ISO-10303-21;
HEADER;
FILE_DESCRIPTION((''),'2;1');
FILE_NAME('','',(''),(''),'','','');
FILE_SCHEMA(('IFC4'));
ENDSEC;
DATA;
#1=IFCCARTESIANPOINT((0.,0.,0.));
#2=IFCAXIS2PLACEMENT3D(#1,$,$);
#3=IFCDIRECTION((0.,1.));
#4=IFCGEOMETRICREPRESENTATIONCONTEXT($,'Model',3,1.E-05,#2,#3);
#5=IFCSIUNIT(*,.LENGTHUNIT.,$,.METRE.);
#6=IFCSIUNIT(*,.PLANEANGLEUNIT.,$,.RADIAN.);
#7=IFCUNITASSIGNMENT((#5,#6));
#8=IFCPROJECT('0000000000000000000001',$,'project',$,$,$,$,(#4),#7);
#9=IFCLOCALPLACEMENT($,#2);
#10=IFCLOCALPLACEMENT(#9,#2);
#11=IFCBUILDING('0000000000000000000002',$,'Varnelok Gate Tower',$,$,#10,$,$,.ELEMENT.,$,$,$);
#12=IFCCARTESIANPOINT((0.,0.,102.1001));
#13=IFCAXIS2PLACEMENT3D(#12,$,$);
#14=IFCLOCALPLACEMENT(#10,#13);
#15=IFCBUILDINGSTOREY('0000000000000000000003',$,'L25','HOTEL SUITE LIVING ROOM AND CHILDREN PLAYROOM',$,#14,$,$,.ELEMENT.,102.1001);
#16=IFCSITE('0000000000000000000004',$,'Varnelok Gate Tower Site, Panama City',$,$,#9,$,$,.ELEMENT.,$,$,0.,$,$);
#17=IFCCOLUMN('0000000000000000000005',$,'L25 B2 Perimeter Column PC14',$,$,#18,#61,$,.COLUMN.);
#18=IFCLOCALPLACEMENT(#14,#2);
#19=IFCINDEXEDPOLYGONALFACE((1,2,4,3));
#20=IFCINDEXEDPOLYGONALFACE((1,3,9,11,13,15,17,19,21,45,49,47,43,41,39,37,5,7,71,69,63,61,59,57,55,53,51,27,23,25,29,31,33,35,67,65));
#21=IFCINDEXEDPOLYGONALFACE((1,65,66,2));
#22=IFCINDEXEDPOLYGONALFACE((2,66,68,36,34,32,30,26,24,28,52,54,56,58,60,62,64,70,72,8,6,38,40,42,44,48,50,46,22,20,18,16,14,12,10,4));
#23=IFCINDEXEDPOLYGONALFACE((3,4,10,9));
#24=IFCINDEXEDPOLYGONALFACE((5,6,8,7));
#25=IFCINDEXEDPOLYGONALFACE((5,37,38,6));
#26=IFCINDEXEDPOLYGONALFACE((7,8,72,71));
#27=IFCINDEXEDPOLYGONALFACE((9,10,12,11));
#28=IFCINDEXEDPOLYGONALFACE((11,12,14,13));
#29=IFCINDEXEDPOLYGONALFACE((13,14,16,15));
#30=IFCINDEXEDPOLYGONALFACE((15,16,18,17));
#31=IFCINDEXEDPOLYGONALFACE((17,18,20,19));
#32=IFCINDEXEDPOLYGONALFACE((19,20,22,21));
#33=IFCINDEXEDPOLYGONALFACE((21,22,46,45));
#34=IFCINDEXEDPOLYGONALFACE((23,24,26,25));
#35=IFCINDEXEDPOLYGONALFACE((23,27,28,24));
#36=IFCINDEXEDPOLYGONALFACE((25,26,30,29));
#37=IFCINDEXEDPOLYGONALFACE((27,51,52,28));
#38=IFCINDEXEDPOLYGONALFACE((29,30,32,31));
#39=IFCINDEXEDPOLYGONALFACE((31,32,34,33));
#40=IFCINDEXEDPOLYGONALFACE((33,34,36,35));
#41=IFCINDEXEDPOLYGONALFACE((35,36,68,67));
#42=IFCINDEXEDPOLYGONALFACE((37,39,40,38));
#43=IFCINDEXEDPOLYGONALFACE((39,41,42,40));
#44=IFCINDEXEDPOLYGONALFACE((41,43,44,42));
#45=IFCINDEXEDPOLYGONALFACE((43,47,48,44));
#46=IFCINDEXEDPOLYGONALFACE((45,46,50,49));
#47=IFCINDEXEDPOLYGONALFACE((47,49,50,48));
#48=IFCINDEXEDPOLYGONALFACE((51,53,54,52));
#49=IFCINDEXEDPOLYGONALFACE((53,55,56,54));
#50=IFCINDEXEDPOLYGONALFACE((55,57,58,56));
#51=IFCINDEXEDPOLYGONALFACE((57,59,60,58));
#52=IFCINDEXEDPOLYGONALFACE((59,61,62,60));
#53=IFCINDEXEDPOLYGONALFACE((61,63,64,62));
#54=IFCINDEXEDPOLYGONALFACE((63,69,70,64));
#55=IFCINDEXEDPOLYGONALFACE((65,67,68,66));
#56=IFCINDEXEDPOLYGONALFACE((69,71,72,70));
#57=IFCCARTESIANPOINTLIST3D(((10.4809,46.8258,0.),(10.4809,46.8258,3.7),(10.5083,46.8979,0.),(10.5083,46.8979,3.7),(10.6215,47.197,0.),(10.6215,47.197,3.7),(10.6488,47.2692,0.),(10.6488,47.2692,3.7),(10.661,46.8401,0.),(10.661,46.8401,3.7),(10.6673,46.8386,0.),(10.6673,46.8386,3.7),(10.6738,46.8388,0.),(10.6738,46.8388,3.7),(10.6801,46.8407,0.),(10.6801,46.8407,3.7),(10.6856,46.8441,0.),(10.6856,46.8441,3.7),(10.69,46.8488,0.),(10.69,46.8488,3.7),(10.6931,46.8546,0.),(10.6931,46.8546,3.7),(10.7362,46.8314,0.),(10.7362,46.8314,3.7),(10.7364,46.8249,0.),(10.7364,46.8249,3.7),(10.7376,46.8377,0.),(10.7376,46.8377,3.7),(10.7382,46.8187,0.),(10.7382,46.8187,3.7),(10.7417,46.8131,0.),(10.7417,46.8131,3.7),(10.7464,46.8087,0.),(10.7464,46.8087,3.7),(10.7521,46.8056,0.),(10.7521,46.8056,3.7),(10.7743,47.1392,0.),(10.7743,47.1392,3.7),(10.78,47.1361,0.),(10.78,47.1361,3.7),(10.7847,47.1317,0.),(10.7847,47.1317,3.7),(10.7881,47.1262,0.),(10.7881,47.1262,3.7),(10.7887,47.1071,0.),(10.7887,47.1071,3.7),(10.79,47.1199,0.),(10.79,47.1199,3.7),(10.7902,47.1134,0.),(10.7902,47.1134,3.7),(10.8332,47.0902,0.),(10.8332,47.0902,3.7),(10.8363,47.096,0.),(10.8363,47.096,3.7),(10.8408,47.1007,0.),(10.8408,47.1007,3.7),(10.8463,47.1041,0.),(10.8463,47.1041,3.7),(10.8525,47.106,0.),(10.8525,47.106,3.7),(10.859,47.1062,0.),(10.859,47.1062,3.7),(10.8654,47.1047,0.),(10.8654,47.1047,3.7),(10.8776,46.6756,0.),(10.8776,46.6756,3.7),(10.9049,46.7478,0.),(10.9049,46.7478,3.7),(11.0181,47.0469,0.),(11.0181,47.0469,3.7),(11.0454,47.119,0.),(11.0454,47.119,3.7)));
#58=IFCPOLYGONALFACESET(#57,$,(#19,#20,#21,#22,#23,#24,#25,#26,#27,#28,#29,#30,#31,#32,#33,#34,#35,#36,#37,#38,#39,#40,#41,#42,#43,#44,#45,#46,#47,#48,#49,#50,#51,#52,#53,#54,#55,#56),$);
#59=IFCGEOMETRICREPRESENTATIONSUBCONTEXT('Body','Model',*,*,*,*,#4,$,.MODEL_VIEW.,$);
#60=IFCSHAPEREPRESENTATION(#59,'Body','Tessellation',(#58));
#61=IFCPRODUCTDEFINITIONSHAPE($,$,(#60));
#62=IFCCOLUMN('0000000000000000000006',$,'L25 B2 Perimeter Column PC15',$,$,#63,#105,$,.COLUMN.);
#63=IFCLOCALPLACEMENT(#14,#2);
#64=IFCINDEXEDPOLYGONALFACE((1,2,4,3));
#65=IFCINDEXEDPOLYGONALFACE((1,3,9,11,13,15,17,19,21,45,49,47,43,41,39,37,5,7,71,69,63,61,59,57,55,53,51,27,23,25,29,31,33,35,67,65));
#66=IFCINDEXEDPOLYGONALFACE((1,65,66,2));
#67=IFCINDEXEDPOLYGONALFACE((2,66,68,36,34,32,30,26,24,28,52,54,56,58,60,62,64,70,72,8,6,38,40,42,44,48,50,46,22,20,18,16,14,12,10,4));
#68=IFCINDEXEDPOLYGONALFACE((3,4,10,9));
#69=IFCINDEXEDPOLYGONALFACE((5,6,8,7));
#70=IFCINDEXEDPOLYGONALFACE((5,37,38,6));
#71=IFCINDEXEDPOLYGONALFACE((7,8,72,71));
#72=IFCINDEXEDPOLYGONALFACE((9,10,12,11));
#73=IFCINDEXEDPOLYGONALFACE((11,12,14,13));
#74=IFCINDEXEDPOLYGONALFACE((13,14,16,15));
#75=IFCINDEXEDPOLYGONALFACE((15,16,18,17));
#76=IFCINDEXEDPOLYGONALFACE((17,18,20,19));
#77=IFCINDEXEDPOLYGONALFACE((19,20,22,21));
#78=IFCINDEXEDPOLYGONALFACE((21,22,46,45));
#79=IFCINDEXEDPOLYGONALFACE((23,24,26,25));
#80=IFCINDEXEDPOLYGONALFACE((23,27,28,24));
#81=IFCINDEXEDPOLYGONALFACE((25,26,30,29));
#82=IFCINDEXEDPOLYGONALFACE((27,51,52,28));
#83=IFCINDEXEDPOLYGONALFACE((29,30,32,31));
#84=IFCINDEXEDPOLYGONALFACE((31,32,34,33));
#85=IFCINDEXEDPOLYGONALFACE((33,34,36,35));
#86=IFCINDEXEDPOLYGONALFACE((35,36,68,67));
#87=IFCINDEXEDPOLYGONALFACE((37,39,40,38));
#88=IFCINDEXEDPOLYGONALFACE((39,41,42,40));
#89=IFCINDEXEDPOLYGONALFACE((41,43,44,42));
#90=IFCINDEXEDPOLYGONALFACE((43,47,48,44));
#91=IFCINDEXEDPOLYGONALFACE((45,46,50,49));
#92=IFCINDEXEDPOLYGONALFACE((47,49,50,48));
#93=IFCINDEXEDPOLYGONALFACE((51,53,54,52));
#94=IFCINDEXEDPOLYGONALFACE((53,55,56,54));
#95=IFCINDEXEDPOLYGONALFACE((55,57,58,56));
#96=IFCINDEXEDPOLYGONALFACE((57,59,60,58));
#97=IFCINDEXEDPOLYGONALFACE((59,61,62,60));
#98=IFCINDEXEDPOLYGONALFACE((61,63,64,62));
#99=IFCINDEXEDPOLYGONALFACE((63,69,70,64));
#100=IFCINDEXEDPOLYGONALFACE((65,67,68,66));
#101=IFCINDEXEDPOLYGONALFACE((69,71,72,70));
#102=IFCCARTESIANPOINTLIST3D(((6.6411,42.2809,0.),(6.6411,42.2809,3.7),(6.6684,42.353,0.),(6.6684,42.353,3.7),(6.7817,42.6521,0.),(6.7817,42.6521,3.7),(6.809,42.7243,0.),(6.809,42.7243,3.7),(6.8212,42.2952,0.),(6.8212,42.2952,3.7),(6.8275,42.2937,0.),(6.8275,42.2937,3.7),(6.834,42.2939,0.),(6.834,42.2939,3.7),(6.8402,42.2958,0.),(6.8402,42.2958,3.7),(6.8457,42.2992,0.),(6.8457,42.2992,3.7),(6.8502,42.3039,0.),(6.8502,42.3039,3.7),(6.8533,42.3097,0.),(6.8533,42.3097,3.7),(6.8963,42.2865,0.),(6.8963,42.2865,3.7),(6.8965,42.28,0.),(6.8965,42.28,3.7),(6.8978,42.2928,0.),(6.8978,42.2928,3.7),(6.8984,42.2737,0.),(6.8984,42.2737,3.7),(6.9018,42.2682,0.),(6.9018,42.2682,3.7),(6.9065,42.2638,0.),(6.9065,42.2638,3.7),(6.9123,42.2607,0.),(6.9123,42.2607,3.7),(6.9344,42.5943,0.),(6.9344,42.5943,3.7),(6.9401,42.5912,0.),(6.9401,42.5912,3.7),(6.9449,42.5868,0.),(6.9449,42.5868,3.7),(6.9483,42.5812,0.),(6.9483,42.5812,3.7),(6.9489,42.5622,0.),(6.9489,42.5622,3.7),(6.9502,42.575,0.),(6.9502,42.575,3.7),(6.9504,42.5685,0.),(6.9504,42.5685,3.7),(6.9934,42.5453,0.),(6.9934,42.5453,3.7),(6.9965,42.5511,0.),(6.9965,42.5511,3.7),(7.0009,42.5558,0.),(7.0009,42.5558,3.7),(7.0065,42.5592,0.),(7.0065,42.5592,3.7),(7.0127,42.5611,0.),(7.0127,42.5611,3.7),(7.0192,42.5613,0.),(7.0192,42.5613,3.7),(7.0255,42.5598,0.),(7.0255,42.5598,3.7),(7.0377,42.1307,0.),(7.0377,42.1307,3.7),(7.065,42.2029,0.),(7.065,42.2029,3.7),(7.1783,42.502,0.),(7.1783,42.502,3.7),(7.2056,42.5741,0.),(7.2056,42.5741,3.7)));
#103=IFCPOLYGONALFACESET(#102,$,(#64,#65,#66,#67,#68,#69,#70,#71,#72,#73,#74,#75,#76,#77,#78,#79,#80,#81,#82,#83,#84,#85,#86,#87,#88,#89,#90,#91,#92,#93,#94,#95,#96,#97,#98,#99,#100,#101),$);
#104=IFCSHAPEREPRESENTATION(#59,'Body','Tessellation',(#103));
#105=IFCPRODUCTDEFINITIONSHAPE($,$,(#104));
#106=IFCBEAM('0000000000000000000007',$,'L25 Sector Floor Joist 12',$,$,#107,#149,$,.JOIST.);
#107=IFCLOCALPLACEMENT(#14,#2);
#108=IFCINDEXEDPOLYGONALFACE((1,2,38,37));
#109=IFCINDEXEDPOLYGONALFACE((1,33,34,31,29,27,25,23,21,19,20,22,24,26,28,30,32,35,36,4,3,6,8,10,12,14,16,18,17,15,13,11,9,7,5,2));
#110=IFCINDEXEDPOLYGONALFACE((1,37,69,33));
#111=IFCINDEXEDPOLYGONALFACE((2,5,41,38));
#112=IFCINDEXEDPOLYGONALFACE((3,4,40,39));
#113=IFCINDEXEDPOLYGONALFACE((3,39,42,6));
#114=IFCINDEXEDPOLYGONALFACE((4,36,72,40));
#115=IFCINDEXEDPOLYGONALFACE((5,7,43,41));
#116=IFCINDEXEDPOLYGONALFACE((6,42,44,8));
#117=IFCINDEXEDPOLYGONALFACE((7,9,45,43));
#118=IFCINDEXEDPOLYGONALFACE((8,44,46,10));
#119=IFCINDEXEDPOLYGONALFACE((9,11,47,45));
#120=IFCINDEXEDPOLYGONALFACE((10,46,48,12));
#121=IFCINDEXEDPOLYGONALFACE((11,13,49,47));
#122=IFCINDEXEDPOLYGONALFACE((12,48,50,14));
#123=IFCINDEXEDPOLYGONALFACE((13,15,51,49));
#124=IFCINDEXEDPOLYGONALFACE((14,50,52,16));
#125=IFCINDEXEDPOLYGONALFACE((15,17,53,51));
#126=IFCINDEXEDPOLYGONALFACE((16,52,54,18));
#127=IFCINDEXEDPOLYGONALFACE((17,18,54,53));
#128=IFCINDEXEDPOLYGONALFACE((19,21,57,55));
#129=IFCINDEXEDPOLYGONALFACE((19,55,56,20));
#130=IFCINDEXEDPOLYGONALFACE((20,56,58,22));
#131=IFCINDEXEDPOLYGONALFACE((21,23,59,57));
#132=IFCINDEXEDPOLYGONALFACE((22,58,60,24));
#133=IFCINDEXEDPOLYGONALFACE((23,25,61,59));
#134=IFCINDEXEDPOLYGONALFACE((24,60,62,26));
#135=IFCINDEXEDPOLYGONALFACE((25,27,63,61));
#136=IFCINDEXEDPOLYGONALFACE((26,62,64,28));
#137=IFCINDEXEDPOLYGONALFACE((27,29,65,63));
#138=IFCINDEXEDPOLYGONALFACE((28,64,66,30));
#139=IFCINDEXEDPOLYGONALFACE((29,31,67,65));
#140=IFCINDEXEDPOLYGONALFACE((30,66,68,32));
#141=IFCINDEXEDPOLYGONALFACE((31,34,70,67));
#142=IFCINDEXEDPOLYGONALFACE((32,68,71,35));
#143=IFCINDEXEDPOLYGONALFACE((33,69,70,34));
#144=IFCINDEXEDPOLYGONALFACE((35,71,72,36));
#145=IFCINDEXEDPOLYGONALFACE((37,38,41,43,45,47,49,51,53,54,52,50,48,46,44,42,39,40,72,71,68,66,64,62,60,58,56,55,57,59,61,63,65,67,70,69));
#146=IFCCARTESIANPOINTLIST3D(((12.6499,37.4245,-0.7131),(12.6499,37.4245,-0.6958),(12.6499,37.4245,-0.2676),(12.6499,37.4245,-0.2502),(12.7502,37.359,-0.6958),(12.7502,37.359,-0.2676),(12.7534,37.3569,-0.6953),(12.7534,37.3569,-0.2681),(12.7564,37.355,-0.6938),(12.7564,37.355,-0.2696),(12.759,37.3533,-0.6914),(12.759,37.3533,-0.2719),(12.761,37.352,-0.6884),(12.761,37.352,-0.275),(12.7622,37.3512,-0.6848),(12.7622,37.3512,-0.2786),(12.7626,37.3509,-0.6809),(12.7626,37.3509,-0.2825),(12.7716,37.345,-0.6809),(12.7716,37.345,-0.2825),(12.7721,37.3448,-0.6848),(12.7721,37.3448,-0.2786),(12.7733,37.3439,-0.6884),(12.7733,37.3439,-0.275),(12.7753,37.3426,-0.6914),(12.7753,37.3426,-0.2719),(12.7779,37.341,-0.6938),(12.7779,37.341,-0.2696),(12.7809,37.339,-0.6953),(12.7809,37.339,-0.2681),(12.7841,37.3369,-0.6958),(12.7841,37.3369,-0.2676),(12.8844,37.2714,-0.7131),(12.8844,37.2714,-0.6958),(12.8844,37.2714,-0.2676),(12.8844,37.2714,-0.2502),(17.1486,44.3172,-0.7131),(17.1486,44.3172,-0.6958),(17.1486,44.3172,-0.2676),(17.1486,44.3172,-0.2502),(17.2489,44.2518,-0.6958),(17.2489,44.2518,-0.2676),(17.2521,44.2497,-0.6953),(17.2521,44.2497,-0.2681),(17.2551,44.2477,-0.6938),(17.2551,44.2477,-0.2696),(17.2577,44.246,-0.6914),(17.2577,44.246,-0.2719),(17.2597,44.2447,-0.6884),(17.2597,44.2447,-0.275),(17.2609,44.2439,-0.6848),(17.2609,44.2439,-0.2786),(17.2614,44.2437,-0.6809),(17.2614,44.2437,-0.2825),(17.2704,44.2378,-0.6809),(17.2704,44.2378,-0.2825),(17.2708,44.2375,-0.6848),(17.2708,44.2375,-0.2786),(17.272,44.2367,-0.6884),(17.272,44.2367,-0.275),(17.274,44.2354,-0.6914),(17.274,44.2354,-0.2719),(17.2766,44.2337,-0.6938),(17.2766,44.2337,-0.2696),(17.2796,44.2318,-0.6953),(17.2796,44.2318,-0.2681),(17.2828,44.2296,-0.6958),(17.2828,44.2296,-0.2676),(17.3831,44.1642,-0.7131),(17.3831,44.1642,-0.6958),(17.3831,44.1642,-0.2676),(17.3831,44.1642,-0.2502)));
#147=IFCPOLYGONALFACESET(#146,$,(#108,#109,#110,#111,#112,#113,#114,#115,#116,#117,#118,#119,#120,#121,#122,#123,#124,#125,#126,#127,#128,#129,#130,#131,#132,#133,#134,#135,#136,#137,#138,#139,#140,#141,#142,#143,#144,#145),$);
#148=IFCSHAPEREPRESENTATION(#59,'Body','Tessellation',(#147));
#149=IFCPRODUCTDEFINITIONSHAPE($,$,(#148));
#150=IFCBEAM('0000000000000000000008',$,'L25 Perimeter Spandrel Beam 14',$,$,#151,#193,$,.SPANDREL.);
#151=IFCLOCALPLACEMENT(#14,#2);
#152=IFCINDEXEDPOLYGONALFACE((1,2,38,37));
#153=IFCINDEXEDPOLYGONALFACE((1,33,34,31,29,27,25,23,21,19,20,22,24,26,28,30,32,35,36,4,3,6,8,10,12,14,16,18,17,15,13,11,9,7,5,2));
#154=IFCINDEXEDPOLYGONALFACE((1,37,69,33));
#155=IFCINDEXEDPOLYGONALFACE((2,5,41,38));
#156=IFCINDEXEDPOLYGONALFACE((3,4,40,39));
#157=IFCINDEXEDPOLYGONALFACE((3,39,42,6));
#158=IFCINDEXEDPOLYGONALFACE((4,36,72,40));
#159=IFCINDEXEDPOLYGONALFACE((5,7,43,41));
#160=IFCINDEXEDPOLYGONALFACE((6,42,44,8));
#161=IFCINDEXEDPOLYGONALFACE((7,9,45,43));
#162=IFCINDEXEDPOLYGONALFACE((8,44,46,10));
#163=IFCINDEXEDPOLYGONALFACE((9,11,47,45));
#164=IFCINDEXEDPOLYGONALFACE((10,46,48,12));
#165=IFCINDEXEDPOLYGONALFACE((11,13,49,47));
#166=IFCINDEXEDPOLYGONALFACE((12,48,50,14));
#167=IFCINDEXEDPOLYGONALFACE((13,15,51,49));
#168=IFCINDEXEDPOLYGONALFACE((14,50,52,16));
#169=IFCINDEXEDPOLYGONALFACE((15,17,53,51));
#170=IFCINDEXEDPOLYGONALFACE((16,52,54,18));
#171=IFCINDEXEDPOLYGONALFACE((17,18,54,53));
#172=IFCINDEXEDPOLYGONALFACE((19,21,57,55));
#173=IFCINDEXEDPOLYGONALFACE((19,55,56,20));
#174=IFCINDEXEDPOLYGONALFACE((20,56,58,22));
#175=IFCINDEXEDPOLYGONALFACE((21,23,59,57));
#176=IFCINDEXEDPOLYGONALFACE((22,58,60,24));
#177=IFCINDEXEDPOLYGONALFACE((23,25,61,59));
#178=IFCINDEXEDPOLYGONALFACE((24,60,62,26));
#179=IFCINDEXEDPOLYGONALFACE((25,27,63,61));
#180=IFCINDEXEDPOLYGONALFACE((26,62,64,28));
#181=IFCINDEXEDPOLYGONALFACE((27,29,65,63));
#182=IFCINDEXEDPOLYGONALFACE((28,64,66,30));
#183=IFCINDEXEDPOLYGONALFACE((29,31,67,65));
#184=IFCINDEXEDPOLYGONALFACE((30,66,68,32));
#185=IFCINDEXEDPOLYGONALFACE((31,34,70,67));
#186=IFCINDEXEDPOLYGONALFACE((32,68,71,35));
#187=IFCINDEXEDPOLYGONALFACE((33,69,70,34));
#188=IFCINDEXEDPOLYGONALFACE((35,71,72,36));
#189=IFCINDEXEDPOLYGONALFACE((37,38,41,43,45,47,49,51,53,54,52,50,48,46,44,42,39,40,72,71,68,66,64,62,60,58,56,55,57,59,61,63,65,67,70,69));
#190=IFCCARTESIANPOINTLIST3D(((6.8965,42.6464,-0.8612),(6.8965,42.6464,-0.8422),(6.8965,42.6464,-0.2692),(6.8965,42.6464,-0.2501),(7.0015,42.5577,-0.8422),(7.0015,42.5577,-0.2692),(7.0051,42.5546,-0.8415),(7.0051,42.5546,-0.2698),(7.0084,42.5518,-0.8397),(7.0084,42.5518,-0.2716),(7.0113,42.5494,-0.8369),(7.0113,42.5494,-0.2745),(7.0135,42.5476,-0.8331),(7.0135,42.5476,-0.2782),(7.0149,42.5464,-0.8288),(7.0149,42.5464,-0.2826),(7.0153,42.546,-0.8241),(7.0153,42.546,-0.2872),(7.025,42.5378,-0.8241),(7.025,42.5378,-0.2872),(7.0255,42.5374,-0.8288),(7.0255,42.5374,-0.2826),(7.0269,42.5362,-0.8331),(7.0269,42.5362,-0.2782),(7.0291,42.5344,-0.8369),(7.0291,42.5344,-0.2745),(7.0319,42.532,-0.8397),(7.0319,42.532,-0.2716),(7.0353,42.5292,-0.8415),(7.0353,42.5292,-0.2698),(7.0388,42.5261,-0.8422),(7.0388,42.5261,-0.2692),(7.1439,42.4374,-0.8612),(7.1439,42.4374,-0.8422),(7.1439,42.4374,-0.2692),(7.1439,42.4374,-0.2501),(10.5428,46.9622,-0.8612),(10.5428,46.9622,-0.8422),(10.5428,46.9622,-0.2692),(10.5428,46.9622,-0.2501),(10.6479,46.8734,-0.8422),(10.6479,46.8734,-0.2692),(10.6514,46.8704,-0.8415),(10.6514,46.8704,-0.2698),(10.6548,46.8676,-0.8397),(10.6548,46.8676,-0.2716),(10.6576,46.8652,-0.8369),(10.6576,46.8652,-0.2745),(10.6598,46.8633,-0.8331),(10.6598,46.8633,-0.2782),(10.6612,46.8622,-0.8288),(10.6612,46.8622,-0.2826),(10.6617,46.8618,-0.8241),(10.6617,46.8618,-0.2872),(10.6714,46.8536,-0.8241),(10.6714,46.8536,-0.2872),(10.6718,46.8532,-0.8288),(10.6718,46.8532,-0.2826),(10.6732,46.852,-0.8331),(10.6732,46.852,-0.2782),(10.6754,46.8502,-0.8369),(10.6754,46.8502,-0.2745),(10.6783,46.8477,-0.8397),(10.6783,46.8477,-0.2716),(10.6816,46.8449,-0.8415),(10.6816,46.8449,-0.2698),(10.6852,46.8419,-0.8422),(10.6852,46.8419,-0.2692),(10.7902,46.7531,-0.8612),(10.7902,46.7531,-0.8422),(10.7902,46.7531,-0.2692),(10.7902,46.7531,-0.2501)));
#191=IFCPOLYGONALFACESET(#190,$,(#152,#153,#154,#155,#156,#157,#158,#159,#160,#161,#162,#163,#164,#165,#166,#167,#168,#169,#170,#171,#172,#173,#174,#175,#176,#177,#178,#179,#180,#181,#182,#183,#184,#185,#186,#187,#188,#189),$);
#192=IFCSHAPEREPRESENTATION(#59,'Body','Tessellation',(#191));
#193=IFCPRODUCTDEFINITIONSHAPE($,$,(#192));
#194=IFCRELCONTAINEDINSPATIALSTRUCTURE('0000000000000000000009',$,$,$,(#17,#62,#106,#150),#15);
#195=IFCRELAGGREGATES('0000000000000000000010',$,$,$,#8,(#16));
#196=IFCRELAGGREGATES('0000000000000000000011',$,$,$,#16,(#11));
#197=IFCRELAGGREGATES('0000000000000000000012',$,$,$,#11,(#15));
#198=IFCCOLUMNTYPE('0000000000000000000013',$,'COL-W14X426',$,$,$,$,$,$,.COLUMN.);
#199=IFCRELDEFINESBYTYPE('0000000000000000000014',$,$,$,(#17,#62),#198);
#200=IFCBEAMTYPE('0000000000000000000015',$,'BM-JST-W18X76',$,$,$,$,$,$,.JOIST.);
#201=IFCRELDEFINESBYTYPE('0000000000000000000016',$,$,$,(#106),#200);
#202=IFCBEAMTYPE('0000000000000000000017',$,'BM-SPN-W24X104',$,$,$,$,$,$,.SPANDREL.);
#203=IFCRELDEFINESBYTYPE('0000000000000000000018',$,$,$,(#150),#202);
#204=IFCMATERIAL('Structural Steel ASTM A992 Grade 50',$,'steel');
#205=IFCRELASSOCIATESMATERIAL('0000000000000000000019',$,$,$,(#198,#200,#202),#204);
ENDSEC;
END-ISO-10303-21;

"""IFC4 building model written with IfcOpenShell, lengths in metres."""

from ifc_helpers import new_model, si_unit, direction, frame, origin, origin_2d, place, context, subcontext, project, spatial, i_section, extrude, material, material_profile, profile_set, type_object, element, save


model = new_model("IFC4")

# Units and contexts
model_context = context("Model", 3, precision=1e-05, world=origin(), true_north=direction((0.0, 1.0)))
body_context = subcontext(model_context, "Body", "Model", "MODEL_VIEW")
ifc_project = project(units=[si_unit("LENGTHUNIT", "METRE"), si_unit("PLANEANGLEUNIT", "RADIAN")], contexts=[model_context])

# Site, building, storey
site_placement = place(None, origin())
site = spatial("IfcSite", under=ifc_project, at=site_placement, Name="Varnelok Gate Tower Site, Panama City", CompositionType="ELEMENT", RefElevation=0.0)
building_placement = place(site_placement, origin())
building = spatial("IfcBuilding", under=site, at=building_placement, Name="Varnelok Gate Tower", CompositionType="ELEMENT")
storey_placement = place(building_placement, frame((0.0, 0.0, 102.1001)))
storey = spatial("IfcBuildingStorey", under=building, at=storey_placement, Name="L25", Description="HOTEL SUITE LIVING ROOM AND CHILDREN PLAYROOM", CompositionType="ELEMENT", Elevation=102.1001)

# Columns
ifc_material_1 = material(Name="Structural Steel ASTM A992 Grade 50", Category="steel")
ifc_material_profile_1 = material_profile(ifc_material_1, i_section(OverallWidth=0.4241, OverallDepth=0.4741, WebThickness=0.0476, FlangeThickness=0.0771, FilletRadius=0.0249, at=origin_2d()), Name="W14X426")
ifc_profile_set_1 = profile_set([ifc_material_profile_1], Name="Structural Steel ASTM A992 Grade 50")
column_type = type_object("IfcColumnType", Name="COL-W14X426", PredefinedType="COLUMN", material=ifc_profile_set_1)
for number, where, z_axis, x_axis, name in (
    (1, (10.7632, 46.9724, 0.0), (0.0, 0.0, 1.0), (0.935222, -0.354063, 0.0), "L25 B2 Perimeter Column PC14"),
    (2, (6.9233, 42.4275, 0.0), (0.0, 0.0, 1.0), (0.935222, -0.354063, 0.0), "L25 B2 Perimeter Column PC15"),
):
    element("IfcColumn", number, at=place(storey_placement, frame(where, z_axis=z_axis, x_axis=x_axis)), inside=storey, type_object=column_type, Name=name, PredefinedType="COLUMN", context=body_context, shape_type="SweptSolid", body=[
        extrude(i_section(OverallWidth=0.4241, OverallDepth=0.4741, WebThickness=0.0476, FlangeThickness=0.0771, FilletRadius=0.0249, at=origin_2d()), origin(), (0.0, 0.0, 1.0), 3.7),
    ])

# Beams
ifc_material_profile_2 = material_profile(ifc_material_1, i_section(OverallWidth=0.28, OverallDepth=0.4629, WebThickness=0.0107, FlangeThickness=0.0173, FilletRadius=0.0149, at=origin_2d()), Name="W18X76")
ifc_profile_set_2 = profile_set([ifc_material_profile_2], Name="Structural Steel ASTM A992 Grade 50")
beam_type_1 = type_object("IfcBeamType", Name="BM-JST-W18X76", PredefinedType="JOIST", material=ifc_profile_set_2)
beam_1_placement = place(storey_placement, frame((17.2659, 44.2407, -0.4817), z_axis=(-0.546563, -0.837418, 0.0), x_axis=(0.837418, -0.546563, 0.0)))
element("IfcBeam", 3, at=beam_1_placement, inside=storey, type_object=beam_type_1, Name="L25 Sector Floor Joist 12", PredefinedType="JOIST", context=body_context, shape_type="SweptSolid", body=[
    extrude(i_section(OverallWidth=0.28, OverallDepth=0.4629, WebThickness=0.0107, FlangeThickness=0.0173, FilletRadius=0.0149, at=origin_2d()), origin(), (0.0, 0.0, 1.0), 8.231),
])
ifc_material_profile_3 = material_profile(ifc_material_1, i_section(OverallWidth=0.324, OverallDepth=0.6111, WebThickness=0.0127, FlangeThickness=0.019, FilletRadius=0.0181, at=origin_2d()), Name="W24X104")
ifc_profile_set_3 = profile_set([ifc_material_profile_3], Name="Structural Steel ASTM A992 Grade 50")
beam_type_2 = type_object("IfcBeamType", Name="BM-SPN-W24X104", PredefinedType="SPANDREL", material=ifc_profile_set_3)
beam_2_placement = place(storey_placement, frame((10.6665, 46.8577, -0.5557), z_axis=(-0.645376, -0.763865, 0.0), x_axis=(0.763865, -0.645376, 0.0)))
element("IfcBeam", 4, at=beam_2_placement, inside=storey, type_object=beam_type_2, Name="L25 Perimeter Spandrel Beam 14", PredefinedType="SPANDREL", context=body_context, shape_type="SweptSolid", body=[
    extrude(i_section(OverallWidth=0.324, OverallDepth=0.6111, WebThickness=0.0127, FlangeThickness=0.019, FilletRadius=0.0181, at=origin_2d()), origin(), (0.0, 0.0, 1.0), 5.6499),
])

save(model, "model.ifc")
